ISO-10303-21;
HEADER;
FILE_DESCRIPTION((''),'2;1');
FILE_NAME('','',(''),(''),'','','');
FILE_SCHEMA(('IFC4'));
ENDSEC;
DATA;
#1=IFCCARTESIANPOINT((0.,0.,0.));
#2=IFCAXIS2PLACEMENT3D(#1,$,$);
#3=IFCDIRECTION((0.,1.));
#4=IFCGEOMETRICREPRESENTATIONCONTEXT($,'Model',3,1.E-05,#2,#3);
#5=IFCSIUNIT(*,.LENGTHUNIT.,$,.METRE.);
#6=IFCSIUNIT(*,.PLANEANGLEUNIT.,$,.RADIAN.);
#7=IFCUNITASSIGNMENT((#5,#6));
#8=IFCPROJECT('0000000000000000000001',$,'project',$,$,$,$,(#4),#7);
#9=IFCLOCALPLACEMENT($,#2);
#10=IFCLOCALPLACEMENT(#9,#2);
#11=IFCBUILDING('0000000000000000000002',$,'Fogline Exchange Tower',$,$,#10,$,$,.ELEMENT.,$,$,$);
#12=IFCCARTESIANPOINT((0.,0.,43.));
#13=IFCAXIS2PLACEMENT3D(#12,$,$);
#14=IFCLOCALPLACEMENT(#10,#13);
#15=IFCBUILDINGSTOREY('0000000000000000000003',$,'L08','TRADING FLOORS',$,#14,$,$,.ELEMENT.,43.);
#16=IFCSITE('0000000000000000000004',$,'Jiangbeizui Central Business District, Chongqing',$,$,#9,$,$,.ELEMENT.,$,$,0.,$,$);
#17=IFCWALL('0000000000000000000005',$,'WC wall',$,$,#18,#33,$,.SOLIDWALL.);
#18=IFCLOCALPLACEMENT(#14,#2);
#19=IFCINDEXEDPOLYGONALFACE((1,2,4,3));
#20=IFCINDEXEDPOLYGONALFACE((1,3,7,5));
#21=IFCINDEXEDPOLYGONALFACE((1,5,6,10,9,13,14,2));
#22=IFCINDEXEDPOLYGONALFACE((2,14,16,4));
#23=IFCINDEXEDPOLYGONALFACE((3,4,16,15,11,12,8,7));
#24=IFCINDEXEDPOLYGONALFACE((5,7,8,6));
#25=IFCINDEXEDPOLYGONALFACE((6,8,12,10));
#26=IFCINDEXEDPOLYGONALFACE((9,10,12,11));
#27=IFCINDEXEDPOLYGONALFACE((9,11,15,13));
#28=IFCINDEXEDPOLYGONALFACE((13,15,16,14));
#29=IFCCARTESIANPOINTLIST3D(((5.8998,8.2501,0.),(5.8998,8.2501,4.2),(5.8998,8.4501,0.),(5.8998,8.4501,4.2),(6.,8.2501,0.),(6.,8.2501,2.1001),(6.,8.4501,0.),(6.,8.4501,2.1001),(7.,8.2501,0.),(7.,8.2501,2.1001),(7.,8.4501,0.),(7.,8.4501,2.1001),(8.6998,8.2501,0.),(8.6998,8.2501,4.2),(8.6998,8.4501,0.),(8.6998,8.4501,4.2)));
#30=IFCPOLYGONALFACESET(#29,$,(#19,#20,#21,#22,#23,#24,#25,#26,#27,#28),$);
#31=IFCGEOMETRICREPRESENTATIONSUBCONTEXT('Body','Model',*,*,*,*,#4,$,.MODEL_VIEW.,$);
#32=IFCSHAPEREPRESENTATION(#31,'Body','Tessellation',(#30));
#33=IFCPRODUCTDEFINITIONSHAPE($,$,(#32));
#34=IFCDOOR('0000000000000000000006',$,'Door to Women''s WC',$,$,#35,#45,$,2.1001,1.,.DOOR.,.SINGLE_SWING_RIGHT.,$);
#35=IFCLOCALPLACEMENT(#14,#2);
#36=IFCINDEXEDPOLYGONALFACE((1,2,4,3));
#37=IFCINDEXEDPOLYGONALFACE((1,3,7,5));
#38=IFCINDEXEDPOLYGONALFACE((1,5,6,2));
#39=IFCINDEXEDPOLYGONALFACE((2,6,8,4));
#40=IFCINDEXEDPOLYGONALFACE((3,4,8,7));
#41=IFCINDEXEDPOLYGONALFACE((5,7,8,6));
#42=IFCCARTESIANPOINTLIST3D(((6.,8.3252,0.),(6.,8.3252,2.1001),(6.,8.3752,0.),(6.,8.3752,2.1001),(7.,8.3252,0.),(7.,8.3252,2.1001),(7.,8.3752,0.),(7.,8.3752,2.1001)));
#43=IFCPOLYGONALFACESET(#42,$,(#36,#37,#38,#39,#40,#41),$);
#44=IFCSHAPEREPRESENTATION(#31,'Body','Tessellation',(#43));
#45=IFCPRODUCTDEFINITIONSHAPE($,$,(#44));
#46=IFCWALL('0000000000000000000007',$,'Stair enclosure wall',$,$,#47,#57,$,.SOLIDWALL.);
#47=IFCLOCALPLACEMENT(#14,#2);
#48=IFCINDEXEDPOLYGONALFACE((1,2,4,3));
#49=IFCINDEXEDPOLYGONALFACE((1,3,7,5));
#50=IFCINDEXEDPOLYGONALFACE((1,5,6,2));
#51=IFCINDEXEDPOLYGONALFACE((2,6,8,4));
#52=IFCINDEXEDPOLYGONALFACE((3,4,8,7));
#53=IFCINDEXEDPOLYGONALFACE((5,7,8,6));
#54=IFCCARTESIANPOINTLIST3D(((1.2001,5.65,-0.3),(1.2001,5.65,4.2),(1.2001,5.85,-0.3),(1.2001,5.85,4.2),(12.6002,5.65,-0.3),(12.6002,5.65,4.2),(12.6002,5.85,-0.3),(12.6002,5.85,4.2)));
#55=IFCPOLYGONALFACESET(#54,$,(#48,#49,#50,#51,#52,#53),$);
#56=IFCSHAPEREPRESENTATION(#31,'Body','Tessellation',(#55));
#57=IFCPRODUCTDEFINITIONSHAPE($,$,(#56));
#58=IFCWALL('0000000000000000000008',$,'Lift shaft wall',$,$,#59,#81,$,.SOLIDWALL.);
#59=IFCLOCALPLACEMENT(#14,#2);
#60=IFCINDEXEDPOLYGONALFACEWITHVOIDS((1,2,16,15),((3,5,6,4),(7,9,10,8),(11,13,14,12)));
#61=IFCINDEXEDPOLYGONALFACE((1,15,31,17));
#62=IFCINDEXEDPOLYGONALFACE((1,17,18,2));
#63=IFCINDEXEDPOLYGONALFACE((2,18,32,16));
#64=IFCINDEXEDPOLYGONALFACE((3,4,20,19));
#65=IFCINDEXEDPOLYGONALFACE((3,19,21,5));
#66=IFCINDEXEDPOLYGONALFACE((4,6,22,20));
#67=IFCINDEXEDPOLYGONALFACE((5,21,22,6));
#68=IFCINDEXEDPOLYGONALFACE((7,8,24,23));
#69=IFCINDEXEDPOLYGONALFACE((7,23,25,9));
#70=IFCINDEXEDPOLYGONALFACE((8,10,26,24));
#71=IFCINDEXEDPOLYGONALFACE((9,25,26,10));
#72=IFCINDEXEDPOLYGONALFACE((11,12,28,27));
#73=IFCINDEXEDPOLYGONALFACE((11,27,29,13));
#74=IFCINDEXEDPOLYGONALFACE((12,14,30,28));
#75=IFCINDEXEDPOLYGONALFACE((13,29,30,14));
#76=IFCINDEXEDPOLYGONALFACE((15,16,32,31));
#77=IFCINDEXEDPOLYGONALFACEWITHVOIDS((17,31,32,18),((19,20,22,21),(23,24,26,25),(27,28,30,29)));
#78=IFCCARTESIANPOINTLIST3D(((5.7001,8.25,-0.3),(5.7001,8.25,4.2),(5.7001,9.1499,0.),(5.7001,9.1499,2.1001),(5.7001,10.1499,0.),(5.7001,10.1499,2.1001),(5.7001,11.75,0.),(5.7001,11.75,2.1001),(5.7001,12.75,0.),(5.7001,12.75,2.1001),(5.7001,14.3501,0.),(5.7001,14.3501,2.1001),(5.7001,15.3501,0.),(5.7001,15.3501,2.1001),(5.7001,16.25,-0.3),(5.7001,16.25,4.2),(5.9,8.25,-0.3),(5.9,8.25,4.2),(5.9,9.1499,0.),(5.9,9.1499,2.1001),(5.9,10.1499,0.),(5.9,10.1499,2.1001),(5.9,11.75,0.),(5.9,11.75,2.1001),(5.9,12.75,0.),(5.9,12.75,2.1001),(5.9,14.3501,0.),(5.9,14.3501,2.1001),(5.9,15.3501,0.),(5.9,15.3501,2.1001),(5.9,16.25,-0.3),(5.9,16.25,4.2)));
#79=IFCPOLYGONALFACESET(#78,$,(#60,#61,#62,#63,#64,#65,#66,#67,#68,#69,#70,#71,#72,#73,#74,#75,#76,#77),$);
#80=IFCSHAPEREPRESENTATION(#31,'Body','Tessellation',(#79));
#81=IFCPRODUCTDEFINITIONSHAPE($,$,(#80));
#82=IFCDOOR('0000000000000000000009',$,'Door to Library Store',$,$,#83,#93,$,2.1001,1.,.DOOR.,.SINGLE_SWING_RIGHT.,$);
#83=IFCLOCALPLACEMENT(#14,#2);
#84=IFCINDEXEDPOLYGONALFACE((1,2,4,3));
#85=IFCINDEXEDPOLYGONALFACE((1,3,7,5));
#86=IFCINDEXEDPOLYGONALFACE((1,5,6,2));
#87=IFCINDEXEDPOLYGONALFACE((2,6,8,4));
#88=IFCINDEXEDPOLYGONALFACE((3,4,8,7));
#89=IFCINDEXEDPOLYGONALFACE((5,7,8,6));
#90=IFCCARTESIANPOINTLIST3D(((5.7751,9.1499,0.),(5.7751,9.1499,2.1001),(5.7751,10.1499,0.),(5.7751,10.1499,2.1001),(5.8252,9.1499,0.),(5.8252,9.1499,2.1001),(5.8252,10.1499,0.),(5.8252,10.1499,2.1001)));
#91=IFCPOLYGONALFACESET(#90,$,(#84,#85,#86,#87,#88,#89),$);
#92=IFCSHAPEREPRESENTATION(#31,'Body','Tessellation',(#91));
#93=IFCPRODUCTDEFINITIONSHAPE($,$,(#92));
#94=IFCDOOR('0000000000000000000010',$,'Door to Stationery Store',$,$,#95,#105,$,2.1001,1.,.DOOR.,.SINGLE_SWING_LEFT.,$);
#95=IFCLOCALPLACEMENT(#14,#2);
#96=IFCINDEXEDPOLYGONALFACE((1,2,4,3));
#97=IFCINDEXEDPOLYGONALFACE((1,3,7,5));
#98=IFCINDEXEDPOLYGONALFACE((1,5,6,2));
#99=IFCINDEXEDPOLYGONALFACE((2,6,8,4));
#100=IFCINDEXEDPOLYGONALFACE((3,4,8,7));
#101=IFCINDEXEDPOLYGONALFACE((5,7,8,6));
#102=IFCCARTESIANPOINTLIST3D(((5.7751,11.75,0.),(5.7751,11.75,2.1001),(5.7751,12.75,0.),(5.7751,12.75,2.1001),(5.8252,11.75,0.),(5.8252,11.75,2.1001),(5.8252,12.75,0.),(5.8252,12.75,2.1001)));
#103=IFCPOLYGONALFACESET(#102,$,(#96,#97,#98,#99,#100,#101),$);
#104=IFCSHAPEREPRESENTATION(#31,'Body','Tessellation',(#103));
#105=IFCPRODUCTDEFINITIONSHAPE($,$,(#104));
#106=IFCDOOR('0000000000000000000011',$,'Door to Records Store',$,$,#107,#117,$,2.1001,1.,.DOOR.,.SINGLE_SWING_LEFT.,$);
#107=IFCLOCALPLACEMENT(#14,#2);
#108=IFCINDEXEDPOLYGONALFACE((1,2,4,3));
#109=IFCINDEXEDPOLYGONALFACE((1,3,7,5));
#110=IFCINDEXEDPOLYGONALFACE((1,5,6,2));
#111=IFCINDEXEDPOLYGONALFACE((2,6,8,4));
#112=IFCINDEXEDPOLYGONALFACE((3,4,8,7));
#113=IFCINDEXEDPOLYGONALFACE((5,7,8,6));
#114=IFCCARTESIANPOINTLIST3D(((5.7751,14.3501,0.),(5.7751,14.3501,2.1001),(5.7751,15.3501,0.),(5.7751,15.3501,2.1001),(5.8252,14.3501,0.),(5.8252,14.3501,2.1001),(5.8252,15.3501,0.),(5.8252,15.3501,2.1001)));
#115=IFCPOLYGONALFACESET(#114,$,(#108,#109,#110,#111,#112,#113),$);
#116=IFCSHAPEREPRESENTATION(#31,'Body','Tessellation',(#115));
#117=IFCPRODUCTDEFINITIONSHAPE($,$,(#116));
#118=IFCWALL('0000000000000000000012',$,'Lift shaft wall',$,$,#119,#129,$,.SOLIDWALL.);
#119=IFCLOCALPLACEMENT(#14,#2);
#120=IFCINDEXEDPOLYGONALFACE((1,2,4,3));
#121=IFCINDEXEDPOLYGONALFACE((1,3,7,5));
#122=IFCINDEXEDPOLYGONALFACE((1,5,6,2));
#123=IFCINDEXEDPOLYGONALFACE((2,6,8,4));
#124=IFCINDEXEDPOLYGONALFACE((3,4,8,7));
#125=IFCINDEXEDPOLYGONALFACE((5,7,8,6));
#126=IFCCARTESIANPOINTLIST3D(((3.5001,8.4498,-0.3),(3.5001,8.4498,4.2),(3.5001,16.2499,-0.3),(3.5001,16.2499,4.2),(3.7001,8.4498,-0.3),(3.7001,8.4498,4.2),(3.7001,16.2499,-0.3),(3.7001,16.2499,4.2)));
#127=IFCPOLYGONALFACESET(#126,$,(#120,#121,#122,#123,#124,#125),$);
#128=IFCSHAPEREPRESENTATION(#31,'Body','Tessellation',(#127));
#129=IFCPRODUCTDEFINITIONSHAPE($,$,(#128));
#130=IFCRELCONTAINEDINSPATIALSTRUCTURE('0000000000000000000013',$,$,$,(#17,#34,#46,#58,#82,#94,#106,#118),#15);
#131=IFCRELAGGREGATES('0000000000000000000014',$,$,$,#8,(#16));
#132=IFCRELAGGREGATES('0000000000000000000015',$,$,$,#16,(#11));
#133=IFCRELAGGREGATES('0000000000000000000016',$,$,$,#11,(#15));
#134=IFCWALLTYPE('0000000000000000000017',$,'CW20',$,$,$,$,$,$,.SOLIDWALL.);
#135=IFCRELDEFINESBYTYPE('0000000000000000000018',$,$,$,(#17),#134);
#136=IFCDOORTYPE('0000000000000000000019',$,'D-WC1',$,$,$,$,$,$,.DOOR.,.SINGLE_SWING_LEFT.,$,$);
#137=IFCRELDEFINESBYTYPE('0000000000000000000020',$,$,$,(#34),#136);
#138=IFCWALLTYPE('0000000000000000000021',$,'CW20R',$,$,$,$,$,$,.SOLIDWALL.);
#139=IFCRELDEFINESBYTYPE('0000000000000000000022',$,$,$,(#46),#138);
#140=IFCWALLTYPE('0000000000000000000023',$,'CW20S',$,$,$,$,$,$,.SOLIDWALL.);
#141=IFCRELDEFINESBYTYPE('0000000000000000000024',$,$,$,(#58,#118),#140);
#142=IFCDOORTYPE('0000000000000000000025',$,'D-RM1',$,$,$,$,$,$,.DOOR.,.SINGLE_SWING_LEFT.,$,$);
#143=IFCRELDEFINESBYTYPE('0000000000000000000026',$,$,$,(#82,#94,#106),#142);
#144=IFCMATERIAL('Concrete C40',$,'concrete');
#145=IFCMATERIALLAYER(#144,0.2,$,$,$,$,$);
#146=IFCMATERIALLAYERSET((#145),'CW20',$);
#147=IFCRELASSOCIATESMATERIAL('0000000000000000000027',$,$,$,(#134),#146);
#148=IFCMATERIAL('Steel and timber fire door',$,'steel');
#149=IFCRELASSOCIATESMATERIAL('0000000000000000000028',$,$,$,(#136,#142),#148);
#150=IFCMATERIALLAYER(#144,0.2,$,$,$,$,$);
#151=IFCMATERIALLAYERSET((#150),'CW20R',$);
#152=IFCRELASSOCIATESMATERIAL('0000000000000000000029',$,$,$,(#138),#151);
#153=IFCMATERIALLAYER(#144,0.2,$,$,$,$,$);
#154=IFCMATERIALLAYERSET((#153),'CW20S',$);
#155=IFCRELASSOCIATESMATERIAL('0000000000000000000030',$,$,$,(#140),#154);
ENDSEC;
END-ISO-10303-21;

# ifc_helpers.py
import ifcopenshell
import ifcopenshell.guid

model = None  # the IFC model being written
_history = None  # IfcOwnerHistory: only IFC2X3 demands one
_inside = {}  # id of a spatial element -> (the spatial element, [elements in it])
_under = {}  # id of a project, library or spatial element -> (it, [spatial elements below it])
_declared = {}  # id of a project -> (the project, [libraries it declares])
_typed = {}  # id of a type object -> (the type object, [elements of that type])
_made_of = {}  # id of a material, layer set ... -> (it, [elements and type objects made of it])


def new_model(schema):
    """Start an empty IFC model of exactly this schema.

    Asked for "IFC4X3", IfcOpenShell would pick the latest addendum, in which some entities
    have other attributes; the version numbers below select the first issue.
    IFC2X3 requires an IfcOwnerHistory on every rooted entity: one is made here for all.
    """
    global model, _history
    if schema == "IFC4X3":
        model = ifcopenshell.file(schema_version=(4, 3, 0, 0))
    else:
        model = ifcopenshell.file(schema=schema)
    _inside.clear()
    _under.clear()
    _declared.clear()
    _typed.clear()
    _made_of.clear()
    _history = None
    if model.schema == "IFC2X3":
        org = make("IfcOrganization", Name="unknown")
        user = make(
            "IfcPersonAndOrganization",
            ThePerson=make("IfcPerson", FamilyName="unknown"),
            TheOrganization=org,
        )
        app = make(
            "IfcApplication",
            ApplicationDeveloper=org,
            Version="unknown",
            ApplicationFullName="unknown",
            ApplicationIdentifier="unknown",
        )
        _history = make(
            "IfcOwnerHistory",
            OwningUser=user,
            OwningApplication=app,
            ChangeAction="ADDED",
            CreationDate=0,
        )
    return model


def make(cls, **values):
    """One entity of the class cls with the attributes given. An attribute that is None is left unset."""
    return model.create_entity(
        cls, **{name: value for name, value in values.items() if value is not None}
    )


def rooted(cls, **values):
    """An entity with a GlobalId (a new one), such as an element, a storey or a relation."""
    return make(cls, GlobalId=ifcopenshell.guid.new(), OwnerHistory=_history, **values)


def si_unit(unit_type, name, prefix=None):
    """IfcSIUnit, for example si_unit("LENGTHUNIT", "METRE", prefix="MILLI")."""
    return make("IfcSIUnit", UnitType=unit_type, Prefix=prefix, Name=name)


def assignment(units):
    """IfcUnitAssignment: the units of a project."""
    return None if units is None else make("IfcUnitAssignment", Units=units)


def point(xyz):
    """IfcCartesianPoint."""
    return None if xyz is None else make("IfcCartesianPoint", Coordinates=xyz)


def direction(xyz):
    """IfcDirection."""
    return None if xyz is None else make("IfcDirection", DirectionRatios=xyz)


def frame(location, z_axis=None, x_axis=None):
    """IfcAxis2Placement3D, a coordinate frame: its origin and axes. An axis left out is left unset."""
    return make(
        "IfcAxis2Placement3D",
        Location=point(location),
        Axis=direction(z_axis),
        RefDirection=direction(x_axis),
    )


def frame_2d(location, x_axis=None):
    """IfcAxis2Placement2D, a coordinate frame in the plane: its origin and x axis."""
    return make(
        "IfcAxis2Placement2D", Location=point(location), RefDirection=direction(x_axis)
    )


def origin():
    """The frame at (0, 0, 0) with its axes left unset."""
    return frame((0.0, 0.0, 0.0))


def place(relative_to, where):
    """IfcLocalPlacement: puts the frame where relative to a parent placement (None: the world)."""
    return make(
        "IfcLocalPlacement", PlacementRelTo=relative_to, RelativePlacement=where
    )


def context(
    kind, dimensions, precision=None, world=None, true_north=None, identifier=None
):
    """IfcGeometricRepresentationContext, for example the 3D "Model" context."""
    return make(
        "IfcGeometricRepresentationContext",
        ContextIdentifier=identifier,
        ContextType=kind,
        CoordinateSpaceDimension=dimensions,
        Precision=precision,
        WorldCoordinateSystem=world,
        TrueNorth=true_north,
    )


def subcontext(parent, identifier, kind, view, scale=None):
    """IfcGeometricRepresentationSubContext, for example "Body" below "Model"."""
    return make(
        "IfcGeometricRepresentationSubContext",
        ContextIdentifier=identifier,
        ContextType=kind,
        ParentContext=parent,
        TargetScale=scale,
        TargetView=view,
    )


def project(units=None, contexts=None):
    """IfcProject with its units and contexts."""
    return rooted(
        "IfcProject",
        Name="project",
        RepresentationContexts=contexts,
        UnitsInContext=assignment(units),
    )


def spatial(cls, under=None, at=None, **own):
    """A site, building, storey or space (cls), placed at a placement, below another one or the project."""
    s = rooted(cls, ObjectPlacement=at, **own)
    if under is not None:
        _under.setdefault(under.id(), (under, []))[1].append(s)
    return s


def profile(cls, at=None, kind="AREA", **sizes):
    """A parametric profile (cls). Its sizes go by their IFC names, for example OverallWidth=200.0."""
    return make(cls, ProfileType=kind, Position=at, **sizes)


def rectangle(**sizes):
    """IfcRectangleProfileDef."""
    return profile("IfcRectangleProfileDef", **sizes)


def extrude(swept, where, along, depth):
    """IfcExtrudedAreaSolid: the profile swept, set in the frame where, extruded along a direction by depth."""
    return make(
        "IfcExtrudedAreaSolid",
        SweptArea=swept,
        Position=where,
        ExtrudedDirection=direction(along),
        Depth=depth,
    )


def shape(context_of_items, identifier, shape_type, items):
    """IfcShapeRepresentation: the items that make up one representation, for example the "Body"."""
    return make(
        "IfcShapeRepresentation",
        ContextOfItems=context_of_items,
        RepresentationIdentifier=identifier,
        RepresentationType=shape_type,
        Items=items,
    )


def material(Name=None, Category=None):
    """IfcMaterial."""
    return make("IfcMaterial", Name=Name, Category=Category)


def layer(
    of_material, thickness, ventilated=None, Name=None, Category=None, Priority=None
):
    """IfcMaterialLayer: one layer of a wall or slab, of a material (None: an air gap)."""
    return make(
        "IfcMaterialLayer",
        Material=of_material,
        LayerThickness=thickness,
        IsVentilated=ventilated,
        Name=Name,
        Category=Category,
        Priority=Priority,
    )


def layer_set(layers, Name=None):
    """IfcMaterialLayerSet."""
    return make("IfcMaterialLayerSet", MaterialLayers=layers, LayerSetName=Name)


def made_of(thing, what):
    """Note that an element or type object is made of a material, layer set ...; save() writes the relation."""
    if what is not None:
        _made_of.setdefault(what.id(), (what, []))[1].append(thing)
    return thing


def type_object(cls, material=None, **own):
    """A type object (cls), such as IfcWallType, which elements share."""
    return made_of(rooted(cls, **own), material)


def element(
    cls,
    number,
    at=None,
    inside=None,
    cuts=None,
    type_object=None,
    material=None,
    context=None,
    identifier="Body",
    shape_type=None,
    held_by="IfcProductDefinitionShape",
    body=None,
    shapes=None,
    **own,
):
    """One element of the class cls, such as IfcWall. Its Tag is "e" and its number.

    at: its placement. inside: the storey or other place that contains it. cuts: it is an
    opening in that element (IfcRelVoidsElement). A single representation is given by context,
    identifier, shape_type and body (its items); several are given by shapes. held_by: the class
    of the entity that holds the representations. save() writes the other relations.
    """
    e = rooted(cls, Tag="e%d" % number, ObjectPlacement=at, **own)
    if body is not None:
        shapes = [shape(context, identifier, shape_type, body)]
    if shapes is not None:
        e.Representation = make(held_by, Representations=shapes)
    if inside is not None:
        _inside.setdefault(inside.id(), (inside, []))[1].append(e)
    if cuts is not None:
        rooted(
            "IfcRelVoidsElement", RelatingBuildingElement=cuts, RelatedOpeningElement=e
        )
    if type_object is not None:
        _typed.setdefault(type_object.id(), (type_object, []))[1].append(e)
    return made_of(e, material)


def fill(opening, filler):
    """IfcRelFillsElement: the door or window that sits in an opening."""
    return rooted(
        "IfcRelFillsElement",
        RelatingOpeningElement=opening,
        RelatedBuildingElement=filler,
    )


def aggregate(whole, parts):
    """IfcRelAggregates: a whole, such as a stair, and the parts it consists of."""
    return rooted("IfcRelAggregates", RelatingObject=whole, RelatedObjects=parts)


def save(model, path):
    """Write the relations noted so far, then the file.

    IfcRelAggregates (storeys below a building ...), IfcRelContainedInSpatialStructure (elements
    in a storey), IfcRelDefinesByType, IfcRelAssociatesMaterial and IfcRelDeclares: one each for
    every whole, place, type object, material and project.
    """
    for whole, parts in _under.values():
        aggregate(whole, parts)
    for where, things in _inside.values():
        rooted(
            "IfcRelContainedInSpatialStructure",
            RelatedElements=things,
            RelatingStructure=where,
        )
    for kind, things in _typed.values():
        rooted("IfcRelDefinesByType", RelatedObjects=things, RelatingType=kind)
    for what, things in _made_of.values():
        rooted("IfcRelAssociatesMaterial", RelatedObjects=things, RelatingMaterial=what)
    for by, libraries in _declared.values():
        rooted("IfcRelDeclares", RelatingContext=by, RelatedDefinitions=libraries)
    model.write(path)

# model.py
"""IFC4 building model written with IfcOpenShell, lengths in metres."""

from ifc_helpers import new_model, si_unit, direction, frame, frame_2d, origin, place, context, subcontext, project, spatial, rectangle, extrude, material, layer, layer_set, type_object, element, fill, save


model = new_model("IFC4")

# Units and contexts
model_context = context("Model", 3, precision=1e-05, world=origin(), true_north=direction((0.0, 1.0)))
body_context = subcontext(model_context, "Body", "Model", "MODEL_VIEW")
ifc_project = project(units=[si_unit("LENGTHUNIT", "METRE"), si_unit("PLANEANGLEUNIT", "RADIAN")], contexts=[model_context])

# Site, building, storey
site_placement = place(None, origin())
site = spatial("IfcSite", under=ifc_project, at=site_placement, Name="Jiangbeizui Central Business District, Chongqing", CompositionType="ELEMENT", RefElevation=0.0)
building_placement = place(site_placement, origin())
building = spatial("IfcBuilding", under=site, at=building_placement, Name="Fogline Exchange Tower", CompositionType="ELEMENT")
storey_placement = place(building_placement, frame((0.0, 0.0, 43.0)))
storey = spatial("IfcBuildingStorey", under=building, at=storey_placement, Name="L08", Description="TRADING FLOORS", CompositionType="ELEMENT", Elevation=43.0)

# Shared definitions
ifc_material_1 = material(Name="Concrete C40", Category="concrete")

# Wall, opening, door
ifc_layer_1 = layer(ifc_material_1, 0.2)
ifc_layer_set_1 = layer_set([ifc_layer_1], Name="CW20")
wall_type_1 = type_object("IfcWallType", Name="CW20", PredefinedType="SOLIDWALL", material=ifc_layer_set_1)
wall_1_placement = place(storey_placement, frame((5.8999, 8.3501, 0.0), z_axis=(0.0, 0.0, 1.0), x_axis=(1.0, 0.0, 0.0)))
wall_1 = element("IfcWall", 1, at=wall_1_placement, inside=storey, type_object=wall_type_1, Name="WC wall", PredefinedType="SOLIDWALL", context=body_context, shape_type="SweptSolid", body=[
    extrude(rectangle(XDim=2.8, YDim=0.2, at=frame_2d((1.3999, 0.0))), origin(), (0.0, 0.0, 1.0), 4.2),
])
opening_1_placement = place(wall_1_placement, frame((0.1001, 0.0, 0.0)))
opening_1 = element("IfcOpeningElement", 2, at=opening_1_placement, cuts=wall_1, PredefinedType="OPENING", context=body_context, shape_type="SweptSolid", body=[
    extrude(rectangle(XDim=1.0, YDim=2.1001, at=frame_2d((0.5, 1.05))), frame((0.0, 0.1099, 0.0), z_axis=(0.0, -1.0, 0.0), x_axis=(1.0, 0.0, 0.0)), (0.0, 0.0, 1.0), 0.22),
])
ifc_material_2 = material(Name="Steel and timber fire door", Category="steel")
door_type_1 = type_object("IfcDoorType", Name="D-WC1", OperationType="SINGLE_SWING_LEFT", PredefinedType="DOOR", material=ifc_material_2)
door_1_placement = place(opening_1_placement, frame((1.0, 0.0, 0.0), z_axis=(0.0, 0.0, 1.0), x_axis=(-1.0, 0.0, 0.0)))
door_1 = element("IfcDoor", 3, at=door_1_placement, inside=storey, type_object=door_type_1, Name="Door to Women's WC", OperationType="SINGLE_SWING_RIGHT", OverallHeight=2.1001, OverallWidth=1.0, PredefinedType="DOOR", context=body_context, shape_type="SweptSolid", body=[
    extrude(rectangle(XDim=1.0, YDim=2.1001, at=frame_2d((0.5, 1.05))), frame((0.0, 0.0249, 0.0), z_axis=(0.0, -1.0, 0.0), x_axis=(1.0, 0.0, 0.0)), (0.0, 0.0, 1.0), 0.05),
])
fill(opening_1, door_1)

# Wall
ifc_layer_2 = layer(ifc_material_1, 0.2)
ifc_layer_set_2 = layer_set([ifc_layer_2], Name="CW20R")
wall_type_2 = type_object("IfcWallType", Name="CW20R", PredefinedType="SOLIDWALL", material=ifc_layer_set_2)
wall_2_placement = place(storey_placement, frame((1.2, 5.75, -0.3), z_axis=(0.0, 0.0, 1.0), x_axis=(1.0, 0.0, 0.0)))
element("IfcWall", 4, at=wall_2_placement, inside=storey, type_object=wall_type_2, Name="Stair enclosure wall", PredefinedType="SOLIDWALL", context=body_context, shape_type="SweptSolid", body=[
    extrude(rectangle(XDim=11.4001, YDim=0.2, at=frame_2d((5.7002, 0.0))), origin(), (0.0, 0.0, 1.0), 4.5),
])

# Wall, openings, doors
ifc_layer_3 = layer(ifc_material_1, 0.2)
ifc_layer_set_3 = layer_set([ifc_layer_3], Name="CW20S")
wall_type_3 = type_object("IfcWallType", Name="CW20S", PredefinedType="SOLIDWALL", material=ifc_layer_set_3)
wall_3_placement = place(storey_placement, frame((5.8, 8.25, -0.3), z_axis=(0.0, 0.0, 1.0), x_axis=(0.0, 1.0, 0.0)))
wall_3 = element("IfcWall", 5, at=wall_3_placement, inside=storey, type_object=wall_type_3, Name="Lift shaft wall", PredefinedType="SOLIDWALL", context=body_context, shape_type="SweptSolid", body=[
    extrude(rectangle(XDim=8.0, YDim=0.2, at=frame_2d((4.0, 0.0))), origin(), (0.0, 0.0, 1.0), 4.5),
])
opening_2_placement = place(wall_3_placement, frame((0.8999, 0.0, 0.3)))
opening_2 = element("IfcOpeningElement", 6, at=opening_2_placement, cuts=wall_3, PredefinedType="OPENING", context=body_context, shape_type="SweptSolid", body=[
    extrude(rectangle(XDim=1.0, YDim=2.1001, at=frame_2d((0.5, 1.05))), frame((0.0, 0.1099, 0.0), z_axis=(0.0, -1.0, 0.0), x_axis=(1.0, 0.0, 0.0)), (0.0, 0.0, 1.0), 0.22),
])
opening_3_placement = place(wall_3_placement, frame((3.5, 0.0, 0.3)))
opening_3 = element("IfcOpeningElement", 7, at=opening_3_placement, cuts=wall_3, PredefinedType="OPENING", context=body_context, shape_type="SweptSolid", body=[
    extrude(rectangle(XDim=1.0, YDim=2.1001, at=frame_2d((0.5, 1.05))), frame((0.0, 0.1099, 0.0), z_axis=(0.0, -1.0, 0.0), x_axis=(1.0, 0.0, 0.0)), (0.0, 0.0, 1.0), 0.22),
])
opening_4_placement = place(wall_3_placement, frame((6.1001, 0.0, 0.3)))
opening_4 = element("IfcOpeningElement", 8, at=opening_4_placement, cuts=wall_3, PredefinedType="OPENING", context=body_context, shape_type="SweptSolid", body=[
    extrude(rectangle(XDim=1.0, YDim=2.1001, at=frame_2d((0.5, 1.05))), frame((0.0, 0.1099, 0.0), z_axis=(0.0, -1.0, 0.0), x_axis=(1.0, 0.0, 0.0)), (0.0, 0.0, 1.0), 0.22),
])
door_type_2 = type_object("IfcDoorType", Name="D-RM1", OperationType="SINGLE_SWING_LEFT", PredefinedType="DOOR", material=ifc_material_2)
door_2_placement = place(opening_2_placement, origin())
door_2 = element("IfcDoor", 9, at=door_2_placement, inside=storey, type_object=door_type_2, Name="Door to Library Store", OperationType="SINGLE_SWING_RIGHT", OverallHeight=2.1001, OverallWidth=1.0, PredefinedType="DOOR", context=body_context, shape_type="SweptSolid", body=[
    extrude(rectangle(XDim=1.0, YDim=2.1001, at=frame_2d((0.5, 1.05))), frame((0.0, 0.0249, 0.0), z_axis=(0.0, -1.0, 0.0), x_axis=(1.0, 0.0, 0.0)), (0.0, 0.0, 1.0), 0.05),
])
fill(opening_2, door_2)
door_3_placement = place(opening_3_placement, origin())
door_3 = element("IfcDoor", 10, at=door_3_placement, inside=storey, type_object=door_type_2, Name="Door to Stationery Store", OperationType="SINGLE_SWING_LEFT", OverallHeight=2.1001, OverallWidth=1.0, PredefinedType="DOOR", context=body_context, shape_type="SweptSolid", body=[
    extrude(rectangle(XDim=1.0, YDim=2.1001, at=frame_2d((0.5, 1.05))), frame((0.0, 0.0249, 0.0), z_axis=(0.0, -1.0, 0.0), x_axis=(1.0, 0.0, 0.0)), (0.0, 0.0, 1.0), 0.05),
])
fill(opening_3, door_3)
door_4_placement = place(opening_4_placement, origin())
door_4 = element("IfcDoor", 11, at=door_4_placement, inside=storey, type_object=door_type_2, Name="Door to Records Store", OperationType="SINGLE_SWING_LEFT", OverallHeight=2.1001, OverallWidth=1.0, PredefinedType="DOOR", context=body_context, shape_type="SweptSolid", body=[
    extrude(rectangle(XDim=1.0, YDim=2.1001, at=frame_2d((0.5, 1.05))), frame((0.0, 0.0249, 0.0), z_axis=(0.0, -1.0, 0.0), x_axis=(1.0, 0.0, 0.0)), (0.0, 0.0, 1.0), 0.05),
])
fill(opening_4, door_4)

# Wall
wall_4_placement = place(storey_placement, frame((3.6001, 8.45, -0.3), z_axis=(0.0, 0.0, 1.0), x_axis=(0.0, 1.0, 0.0)))
element("IfcWall", 12, at=wall_4_placement, inside=storey, type_object=wall_type_3, Name="Lift shaft wall", PredefinedType="SOLIDWALL", context=body_context, shape_type="SweptSolid", body=[
    extrude(rectangle(XDim=7.8, YDim=0.2, at=frame_2d((3.8999, 0.0))), origin(), (0.0, 0.0, 1.0), 4.5),
])

save(model, "model.ifc")
